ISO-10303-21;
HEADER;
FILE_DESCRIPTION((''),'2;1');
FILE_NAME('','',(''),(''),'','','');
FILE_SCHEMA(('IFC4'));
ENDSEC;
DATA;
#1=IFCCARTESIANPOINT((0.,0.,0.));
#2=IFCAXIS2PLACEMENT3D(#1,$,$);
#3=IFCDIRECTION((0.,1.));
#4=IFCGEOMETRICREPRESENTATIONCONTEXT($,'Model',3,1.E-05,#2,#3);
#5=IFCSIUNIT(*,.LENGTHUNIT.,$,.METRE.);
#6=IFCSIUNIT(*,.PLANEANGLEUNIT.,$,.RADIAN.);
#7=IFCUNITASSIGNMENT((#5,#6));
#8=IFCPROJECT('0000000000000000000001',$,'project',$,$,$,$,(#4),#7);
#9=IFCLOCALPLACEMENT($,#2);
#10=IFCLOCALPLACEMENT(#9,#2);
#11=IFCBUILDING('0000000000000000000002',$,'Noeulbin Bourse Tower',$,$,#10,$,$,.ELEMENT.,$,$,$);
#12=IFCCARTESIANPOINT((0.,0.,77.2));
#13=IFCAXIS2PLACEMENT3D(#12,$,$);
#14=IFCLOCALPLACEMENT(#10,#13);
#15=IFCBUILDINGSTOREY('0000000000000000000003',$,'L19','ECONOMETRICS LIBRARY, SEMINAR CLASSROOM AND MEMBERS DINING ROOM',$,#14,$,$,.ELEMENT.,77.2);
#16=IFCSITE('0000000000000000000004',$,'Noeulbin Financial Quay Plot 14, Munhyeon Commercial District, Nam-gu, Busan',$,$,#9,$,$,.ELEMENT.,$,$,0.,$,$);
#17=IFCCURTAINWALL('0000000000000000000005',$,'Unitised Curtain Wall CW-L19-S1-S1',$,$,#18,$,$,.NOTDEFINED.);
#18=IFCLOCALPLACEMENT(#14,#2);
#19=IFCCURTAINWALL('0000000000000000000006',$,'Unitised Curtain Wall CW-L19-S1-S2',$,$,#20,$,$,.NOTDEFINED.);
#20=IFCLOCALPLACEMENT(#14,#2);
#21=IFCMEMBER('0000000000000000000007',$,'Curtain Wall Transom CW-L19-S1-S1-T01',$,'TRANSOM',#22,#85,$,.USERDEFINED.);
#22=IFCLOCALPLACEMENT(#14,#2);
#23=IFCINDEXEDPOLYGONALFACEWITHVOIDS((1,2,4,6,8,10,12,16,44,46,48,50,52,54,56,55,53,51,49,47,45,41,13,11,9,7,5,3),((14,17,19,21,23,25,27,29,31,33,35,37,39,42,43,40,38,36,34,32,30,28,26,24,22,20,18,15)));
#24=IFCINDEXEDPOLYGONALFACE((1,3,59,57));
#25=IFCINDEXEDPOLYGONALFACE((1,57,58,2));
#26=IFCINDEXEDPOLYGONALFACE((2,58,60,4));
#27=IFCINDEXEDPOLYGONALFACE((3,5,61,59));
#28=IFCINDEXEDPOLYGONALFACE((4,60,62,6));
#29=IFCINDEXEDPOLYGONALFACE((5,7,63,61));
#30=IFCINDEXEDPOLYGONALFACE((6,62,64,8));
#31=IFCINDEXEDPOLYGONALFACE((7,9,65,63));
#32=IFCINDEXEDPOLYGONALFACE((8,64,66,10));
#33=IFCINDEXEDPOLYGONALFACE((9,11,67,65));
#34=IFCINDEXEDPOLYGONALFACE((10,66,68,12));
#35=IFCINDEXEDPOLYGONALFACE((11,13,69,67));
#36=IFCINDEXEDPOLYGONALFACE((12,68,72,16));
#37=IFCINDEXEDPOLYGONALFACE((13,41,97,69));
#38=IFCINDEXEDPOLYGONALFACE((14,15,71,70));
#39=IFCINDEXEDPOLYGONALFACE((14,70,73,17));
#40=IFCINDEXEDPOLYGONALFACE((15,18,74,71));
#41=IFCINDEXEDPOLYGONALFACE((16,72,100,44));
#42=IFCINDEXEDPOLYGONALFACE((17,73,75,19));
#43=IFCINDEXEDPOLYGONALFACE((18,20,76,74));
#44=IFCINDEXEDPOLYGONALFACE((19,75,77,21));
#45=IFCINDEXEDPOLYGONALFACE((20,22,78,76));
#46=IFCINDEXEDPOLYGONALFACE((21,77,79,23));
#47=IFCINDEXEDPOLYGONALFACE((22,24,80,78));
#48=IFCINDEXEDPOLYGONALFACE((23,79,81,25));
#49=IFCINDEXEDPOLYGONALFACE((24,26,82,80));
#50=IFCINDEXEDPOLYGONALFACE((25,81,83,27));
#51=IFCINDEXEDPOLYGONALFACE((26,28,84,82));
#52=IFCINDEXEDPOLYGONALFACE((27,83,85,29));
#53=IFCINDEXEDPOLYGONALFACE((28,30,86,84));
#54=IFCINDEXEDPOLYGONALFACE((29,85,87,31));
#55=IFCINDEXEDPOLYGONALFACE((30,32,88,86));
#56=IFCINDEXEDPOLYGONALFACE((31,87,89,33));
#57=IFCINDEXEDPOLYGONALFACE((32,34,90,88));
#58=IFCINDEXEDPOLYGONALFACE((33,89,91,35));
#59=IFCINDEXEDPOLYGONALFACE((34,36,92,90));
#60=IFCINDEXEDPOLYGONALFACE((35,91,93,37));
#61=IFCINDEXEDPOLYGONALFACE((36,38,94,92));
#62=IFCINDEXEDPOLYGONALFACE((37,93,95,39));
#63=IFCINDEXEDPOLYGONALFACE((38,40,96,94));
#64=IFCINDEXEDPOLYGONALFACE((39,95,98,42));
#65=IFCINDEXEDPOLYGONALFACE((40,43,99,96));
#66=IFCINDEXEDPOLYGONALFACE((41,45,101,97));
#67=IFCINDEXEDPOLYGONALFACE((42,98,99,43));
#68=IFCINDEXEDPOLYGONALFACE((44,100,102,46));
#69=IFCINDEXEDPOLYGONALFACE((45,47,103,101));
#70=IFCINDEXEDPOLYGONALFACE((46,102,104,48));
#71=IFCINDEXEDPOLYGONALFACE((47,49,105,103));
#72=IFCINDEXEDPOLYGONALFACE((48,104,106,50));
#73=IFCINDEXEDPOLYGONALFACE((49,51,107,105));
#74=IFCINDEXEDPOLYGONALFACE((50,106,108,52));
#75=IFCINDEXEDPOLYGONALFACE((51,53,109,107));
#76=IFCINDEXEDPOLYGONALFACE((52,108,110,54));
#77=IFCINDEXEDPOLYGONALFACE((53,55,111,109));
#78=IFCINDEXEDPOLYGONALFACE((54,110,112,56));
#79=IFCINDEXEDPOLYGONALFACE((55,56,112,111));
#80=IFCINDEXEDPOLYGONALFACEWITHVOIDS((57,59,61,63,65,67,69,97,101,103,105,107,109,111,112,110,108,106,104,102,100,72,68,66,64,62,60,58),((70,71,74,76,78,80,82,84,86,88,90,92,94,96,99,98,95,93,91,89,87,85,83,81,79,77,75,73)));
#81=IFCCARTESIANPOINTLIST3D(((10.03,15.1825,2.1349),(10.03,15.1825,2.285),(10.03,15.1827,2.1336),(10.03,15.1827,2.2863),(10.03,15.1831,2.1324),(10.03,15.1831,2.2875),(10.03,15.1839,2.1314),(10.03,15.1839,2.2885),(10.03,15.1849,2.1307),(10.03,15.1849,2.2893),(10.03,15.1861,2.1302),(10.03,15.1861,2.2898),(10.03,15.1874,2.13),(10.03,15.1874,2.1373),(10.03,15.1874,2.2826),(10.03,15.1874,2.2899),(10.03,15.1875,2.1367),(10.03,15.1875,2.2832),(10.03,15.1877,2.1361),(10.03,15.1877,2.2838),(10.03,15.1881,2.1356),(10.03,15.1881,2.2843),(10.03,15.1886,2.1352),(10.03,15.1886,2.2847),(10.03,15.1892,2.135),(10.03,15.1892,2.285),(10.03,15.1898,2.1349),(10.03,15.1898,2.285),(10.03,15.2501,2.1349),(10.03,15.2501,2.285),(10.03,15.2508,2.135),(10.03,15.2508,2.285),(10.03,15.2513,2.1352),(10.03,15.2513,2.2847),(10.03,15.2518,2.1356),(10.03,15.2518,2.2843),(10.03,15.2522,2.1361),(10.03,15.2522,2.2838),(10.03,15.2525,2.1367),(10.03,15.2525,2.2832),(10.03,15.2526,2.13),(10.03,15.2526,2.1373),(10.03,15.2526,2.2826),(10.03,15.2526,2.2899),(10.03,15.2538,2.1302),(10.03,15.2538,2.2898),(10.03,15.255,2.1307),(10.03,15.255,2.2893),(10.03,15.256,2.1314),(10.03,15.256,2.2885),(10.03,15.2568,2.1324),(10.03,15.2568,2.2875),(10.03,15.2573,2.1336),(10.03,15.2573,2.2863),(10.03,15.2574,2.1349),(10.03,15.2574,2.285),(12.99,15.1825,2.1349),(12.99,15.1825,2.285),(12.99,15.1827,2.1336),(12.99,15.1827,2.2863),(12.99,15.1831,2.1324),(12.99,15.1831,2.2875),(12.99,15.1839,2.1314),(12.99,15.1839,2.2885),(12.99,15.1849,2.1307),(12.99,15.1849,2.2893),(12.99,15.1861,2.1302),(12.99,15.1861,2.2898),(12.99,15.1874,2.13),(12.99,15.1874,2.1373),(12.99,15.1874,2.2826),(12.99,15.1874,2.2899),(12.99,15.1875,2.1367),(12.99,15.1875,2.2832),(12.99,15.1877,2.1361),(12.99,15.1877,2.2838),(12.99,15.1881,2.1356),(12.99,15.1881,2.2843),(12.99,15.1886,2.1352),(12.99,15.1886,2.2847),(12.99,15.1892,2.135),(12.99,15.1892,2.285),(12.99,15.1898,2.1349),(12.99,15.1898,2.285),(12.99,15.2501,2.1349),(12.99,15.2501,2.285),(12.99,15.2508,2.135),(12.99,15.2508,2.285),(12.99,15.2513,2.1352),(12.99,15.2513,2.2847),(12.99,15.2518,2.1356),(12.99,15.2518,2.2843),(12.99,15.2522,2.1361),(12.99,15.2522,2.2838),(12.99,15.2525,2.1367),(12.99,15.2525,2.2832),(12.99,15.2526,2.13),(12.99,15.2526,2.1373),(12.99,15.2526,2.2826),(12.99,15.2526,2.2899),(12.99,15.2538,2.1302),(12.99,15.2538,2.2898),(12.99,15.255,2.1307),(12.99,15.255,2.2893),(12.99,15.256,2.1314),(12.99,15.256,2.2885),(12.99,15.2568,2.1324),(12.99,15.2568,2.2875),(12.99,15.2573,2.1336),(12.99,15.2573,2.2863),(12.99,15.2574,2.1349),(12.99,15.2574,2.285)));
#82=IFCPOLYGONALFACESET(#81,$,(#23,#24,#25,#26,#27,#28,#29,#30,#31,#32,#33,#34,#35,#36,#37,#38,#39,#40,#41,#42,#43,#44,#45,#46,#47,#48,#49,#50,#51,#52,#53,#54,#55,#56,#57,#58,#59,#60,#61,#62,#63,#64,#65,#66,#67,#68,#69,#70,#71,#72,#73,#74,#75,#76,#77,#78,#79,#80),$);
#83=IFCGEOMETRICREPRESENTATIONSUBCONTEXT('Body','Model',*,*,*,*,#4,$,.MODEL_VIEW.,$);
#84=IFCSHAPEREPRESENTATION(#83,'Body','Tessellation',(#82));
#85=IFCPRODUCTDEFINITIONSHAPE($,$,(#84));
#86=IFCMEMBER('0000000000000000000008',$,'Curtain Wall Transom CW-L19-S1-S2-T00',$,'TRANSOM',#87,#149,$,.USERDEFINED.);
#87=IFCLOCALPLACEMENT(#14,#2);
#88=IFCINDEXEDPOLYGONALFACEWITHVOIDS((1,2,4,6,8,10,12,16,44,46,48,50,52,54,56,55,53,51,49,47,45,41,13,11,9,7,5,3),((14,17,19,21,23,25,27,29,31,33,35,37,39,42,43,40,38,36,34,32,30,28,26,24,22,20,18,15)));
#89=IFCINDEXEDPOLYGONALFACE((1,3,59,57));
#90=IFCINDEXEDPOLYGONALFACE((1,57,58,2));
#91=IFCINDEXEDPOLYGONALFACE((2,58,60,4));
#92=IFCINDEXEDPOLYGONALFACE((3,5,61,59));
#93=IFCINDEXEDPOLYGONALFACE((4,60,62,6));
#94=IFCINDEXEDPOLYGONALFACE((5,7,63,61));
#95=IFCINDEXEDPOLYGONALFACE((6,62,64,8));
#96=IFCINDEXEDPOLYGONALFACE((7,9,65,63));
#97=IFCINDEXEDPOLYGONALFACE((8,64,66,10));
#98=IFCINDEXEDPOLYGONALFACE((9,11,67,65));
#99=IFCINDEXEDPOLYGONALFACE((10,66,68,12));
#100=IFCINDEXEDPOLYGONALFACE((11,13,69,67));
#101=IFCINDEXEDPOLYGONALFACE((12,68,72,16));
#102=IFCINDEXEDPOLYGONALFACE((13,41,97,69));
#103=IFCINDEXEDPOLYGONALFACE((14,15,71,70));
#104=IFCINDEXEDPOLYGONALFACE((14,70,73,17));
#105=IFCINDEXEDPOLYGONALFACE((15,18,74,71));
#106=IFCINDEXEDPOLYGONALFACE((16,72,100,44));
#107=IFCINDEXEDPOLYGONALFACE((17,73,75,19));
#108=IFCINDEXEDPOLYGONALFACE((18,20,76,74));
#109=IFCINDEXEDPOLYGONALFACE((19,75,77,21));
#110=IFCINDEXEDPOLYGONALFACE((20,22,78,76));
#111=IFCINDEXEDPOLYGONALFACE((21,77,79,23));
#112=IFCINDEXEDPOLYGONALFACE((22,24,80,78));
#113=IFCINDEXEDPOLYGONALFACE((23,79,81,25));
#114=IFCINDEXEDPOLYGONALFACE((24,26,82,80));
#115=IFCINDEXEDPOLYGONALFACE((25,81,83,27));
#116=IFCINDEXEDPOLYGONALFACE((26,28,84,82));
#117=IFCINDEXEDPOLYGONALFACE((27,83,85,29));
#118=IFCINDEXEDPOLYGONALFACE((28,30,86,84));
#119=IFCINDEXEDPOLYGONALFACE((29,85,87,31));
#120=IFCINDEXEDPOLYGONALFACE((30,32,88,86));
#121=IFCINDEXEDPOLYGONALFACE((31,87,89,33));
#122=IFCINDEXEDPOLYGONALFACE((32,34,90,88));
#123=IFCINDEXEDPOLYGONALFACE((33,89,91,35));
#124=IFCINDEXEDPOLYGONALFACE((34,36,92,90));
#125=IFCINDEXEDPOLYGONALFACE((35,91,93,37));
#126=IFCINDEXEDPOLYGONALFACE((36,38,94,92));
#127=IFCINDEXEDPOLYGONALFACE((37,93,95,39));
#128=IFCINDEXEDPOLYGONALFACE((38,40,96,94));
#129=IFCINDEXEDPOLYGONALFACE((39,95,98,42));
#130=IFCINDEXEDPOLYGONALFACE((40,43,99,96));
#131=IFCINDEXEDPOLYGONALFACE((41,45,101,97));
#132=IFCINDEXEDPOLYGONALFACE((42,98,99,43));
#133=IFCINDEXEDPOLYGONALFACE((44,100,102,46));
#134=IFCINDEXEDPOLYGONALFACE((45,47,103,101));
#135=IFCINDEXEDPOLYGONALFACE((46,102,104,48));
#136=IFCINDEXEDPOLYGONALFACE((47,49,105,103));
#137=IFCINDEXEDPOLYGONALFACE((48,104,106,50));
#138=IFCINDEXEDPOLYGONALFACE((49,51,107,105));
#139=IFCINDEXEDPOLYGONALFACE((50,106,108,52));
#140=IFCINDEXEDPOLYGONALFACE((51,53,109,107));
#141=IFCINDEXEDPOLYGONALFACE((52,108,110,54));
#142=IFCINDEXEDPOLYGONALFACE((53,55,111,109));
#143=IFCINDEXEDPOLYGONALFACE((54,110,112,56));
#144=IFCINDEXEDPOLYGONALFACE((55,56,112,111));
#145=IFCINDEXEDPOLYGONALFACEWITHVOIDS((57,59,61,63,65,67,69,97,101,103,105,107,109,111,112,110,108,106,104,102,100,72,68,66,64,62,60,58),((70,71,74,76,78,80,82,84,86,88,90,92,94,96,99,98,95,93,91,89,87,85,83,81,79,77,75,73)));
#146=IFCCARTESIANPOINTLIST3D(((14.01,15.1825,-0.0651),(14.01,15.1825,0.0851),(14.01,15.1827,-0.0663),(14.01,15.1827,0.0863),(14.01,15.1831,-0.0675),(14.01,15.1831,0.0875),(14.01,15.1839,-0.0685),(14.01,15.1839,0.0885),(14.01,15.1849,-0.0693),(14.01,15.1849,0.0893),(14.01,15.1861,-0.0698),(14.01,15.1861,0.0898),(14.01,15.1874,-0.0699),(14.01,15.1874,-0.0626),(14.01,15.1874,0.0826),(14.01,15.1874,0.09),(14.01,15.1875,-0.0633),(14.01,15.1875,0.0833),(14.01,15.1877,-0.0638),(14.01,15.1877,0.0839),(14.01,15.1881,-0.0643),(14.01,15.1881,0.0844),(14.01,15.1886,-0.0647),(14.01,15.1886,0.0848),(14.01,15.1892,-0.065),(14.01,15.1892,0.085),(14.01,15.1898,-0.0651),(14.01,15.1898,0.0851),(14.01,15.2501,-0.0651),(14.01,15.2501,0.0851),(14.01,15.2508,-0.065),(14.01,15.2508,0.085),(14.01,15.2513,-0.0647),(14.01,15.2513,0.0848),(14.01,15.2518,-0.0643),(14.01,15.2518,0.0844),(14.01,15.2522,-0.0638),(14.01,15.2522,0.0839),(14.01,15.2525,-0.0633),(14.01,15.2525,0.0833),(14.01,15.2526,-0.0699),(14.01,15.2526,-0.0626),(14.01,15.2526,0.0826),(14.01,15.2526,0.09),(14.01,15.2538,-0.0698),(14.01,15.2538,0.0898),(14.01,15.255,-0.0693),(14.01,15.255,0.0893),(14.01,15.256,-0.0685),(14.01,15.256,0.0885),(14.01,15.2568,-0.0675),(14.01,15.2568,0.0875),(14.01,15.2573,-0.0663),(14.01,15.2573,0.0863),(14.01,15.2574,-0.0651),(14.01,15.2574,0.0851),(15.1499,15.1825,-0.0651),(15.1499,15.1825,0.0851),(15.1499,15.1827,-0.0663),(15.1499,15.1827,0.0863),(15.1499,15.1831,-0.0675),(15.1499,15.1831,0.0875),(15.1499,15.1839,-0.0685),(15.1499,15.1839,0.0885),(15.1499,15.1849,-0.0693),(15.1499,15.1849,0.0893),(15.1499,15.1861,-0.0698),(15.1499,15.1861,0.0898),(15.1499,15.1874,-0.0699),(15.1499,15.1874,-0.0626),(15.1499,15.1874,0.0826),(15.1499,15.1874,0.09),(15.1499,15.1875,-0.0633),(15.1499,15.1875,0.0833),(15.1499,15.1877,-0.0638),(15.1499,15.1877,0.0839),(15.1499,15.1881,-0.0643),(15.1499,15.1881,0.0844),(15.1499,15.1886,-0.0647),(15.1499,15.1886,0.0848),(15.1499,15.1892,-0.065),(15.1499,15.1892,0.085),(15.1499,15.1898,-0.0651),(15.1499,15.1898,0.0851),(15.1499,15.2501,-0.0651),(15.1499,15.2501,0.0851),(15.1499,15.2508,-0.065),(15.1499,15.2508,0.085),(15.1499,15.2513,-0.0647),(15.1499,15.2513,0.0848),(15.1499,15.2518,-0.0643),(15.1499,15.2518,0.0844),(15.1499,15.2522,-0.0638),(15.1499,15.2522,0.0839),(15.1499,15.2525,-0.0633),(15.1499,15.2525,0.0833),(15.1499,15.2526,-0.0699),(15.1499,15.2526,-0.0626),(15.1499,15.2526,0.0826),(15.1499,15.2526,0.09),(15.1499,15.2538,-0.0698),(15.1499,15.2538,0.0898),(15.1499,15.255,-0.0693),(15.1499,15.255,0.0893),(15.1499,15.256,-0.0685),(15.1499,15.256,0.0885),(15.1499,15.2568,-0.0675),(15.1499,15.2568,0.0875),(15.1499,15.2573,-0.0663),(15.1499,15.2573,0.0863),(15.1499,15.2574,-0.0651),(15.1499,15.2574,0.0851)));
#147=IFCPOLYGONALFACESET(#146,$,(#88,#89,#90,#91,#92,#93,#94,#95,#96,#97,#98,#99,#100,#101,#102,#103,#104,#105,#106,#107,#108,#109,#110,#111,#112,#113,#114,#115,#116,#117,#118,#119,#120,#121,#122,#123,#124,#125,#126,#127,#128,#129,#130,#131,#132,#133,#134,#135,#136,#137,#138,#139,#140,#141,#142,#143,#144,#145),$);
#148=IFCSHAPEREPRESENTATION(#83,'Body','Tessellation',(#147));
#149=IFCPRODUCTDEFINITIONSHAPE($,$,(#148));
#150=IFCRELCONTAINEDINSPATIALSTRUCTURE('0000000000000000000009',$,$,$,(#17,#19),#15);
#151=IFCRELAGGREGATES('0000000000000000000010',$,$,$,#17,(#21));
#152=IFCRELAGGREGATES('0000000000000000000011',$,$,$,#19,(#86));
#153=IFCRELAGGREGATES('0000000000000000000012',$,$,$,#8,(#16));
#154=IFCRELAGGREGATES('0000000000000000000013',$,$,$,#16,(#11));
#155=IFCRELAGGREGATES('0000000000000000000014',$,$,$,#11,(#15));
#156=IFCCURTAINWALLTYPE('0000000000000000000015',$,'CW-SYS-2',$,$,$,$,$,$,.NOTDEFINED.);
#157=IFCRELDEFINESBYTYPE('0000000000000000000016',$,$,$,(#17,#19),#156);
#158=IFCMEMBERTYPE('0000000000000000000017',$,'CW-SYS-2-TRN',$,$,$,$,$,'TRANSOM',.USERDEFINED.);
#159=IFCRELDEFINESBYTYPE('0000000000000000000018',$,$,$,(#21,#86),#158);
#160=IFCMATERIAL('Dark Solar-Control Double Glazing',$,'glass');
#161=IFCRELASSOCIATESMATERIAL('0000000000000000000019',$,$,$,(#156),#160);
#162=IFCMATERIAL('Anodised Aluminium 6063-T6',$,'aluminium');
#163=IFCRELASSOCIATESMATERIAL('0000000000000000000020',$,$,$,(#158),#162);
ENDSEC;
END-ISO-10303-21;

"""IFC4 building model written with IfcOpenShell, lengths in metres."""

from ifc_helpers import new_model, si_unit, direction, frame, origin, origin_2d, place, context, subcontext, project, spatial, hollow_rectangle, extrude, material, material_profile, profile_set, type_object, element, aggregate, save


model = new_model("IFC4")

# Units and contexts
model_context = context("Model", 3, precision=1e-05, world=origin(), true_north=direction((0.0, 1.0)))
body_context = subcontext(model_context, "Body", "Model", "MODEL_VIEW")
ifc_project = project(units=[si_unit("LENGTHUNIT", "METRE"), si_unit("PLANEANGLEUNIT", "RADIAN")], contexts=[model_context])

# Site, building, storey
site_placement = place(None, origin())
site = spatial("IfcSite", under=ifc_project, at=site_placement, Name="Noeulbin Financial Quay Plot 14, Munhyeon Commercial District, Nam-gu, Busan", CompositionType="ELEMENT", RefElevation=0.0)
building_placement = place(site_placement, origin())
building = spatial("IfcBuilding", under=site, at=building_placement, Name="Noeulbin Bourse Tower", CompositionType="ELEMENT")
storey_placement = place(building_placement, frame((0.0, 0.0, 77.2)))
storey = spatial("IfcBuildingStorey", under=building, at=storey_placement, Name="L19", Description="ECONOMETRICS LIBRARY, SEMINAR CLASSROOM AND MEMBERS DINING ROOM", CompositionType="ELEMENT", Elevation=77.2)

# Curtain walls
ifc_material_1 = material(Name="Dark Solar-Control Double Glazing", Category="glass")
curtain_wall_type = type_object("IfcCurtainWallType", Name="CW-SYS-2", PredefinedType="NOTDEFINED", material=ifc_material_1)
curtain_wall_1_placement = place(storey_placement, origin())
curtain_wall_1 = element("IfcCurtainWall", 1, at=curtain_wall_1_placement, inside=storey, type_object=curtain_wall_type, Name="Unitised Curtain Wall CW-L19-S1-S1", PredefinedType="NOTDEFINED")
ifc_material_2 = material(Name="Anodised Aluminium 6063-T6", Category="aluminium")
curtain_wall_2_placement = place(storey_placement, origin())
curtain_wall_2 = element("IfcCurtainWall", 2, at=curtain_wall_2_placement, inside=storey, type_object=curtain_wall_type, Name="Unitised Curtain Wall CW-L19-S1-S2", PredefinedType="NOTDEFINED")

# Members
ifc_material_profile_1 = material_profile(ifc_material_2, hollow_rectangle(XDim=0.075, YDim=0.1599, WallThickness=0.0049, InnerFilletRadius=0.0024, OuterFilletRadius=0.0049, at=origin_2d()), Name="ALU-TRAN-75x160x5", Category="LoadBearing")
ifc_profile_set_1 = profile_set([ifc_material_profile_1], Name="Anodised Aluminium 6063-T6")
member_type_1 = type_object("IfcMemberType", Name="CW-SYS-2-TRN", ElementType="TRANSOM", PredefinedType="USERDEFINED", material=ifc_profile_set_1)
member_1_placement = place(storey_placement, frame((10.03, 15.22, 2.21), z_axis=(1.0, 0.0, 0.0), x_axis=(0.0, 1.0, 0.0)))
member_1 = element("IfcMember", 3, at=member_1_placement, type_object=member_type_1, Name="Curtain Wall Transom CW-L19-S1-S1-T01", ObjectType="TRANSOM", PredefinedType="USERDEFINED", context=body_context, shape_type="SweptSolid", body=[
    extrude(hollow_rectangle(XDim=0.075, YDim=0.1599, WallThickness=0.0049, InnerFilletRadius=0.0024, OuterFilletRadius=0.0049, at=origin_2d()), origin(), (0.0, 0.0, 1.0), 2.96),
])
member_2_placement = place(storey_placement, frame((14.01, 15.22, 0.01), z_axis=(1.0, 0.0, 0.0), x_axis=(0.0, 1.0, 0.0)))
member_2 = element("IfcMember", 4, at=member_2_placement, type_object=member_type_1, Name="Curtain Wall Transom CW-L19-S1-S2-T00", ObjectType="TRANSOM", PredefinedType="USERDEFINED", context=body_context, shape_type="SweptSolid", body=[
    extrude(hollow_rectangle(XDim=0.075, YDim=0.1599, WallThickness=0.0049, InnerFilletRadius=0.0024, OuterFilletRadius=0.0049, at=origin_2d()), origin(), (0.0, 0.0, 1.0), 1.1399),
])

aggregate(curtain_wall_1, [member_1])
aggregate(curtain_wall_2, [member_2])

save(model, "model.ifc")
